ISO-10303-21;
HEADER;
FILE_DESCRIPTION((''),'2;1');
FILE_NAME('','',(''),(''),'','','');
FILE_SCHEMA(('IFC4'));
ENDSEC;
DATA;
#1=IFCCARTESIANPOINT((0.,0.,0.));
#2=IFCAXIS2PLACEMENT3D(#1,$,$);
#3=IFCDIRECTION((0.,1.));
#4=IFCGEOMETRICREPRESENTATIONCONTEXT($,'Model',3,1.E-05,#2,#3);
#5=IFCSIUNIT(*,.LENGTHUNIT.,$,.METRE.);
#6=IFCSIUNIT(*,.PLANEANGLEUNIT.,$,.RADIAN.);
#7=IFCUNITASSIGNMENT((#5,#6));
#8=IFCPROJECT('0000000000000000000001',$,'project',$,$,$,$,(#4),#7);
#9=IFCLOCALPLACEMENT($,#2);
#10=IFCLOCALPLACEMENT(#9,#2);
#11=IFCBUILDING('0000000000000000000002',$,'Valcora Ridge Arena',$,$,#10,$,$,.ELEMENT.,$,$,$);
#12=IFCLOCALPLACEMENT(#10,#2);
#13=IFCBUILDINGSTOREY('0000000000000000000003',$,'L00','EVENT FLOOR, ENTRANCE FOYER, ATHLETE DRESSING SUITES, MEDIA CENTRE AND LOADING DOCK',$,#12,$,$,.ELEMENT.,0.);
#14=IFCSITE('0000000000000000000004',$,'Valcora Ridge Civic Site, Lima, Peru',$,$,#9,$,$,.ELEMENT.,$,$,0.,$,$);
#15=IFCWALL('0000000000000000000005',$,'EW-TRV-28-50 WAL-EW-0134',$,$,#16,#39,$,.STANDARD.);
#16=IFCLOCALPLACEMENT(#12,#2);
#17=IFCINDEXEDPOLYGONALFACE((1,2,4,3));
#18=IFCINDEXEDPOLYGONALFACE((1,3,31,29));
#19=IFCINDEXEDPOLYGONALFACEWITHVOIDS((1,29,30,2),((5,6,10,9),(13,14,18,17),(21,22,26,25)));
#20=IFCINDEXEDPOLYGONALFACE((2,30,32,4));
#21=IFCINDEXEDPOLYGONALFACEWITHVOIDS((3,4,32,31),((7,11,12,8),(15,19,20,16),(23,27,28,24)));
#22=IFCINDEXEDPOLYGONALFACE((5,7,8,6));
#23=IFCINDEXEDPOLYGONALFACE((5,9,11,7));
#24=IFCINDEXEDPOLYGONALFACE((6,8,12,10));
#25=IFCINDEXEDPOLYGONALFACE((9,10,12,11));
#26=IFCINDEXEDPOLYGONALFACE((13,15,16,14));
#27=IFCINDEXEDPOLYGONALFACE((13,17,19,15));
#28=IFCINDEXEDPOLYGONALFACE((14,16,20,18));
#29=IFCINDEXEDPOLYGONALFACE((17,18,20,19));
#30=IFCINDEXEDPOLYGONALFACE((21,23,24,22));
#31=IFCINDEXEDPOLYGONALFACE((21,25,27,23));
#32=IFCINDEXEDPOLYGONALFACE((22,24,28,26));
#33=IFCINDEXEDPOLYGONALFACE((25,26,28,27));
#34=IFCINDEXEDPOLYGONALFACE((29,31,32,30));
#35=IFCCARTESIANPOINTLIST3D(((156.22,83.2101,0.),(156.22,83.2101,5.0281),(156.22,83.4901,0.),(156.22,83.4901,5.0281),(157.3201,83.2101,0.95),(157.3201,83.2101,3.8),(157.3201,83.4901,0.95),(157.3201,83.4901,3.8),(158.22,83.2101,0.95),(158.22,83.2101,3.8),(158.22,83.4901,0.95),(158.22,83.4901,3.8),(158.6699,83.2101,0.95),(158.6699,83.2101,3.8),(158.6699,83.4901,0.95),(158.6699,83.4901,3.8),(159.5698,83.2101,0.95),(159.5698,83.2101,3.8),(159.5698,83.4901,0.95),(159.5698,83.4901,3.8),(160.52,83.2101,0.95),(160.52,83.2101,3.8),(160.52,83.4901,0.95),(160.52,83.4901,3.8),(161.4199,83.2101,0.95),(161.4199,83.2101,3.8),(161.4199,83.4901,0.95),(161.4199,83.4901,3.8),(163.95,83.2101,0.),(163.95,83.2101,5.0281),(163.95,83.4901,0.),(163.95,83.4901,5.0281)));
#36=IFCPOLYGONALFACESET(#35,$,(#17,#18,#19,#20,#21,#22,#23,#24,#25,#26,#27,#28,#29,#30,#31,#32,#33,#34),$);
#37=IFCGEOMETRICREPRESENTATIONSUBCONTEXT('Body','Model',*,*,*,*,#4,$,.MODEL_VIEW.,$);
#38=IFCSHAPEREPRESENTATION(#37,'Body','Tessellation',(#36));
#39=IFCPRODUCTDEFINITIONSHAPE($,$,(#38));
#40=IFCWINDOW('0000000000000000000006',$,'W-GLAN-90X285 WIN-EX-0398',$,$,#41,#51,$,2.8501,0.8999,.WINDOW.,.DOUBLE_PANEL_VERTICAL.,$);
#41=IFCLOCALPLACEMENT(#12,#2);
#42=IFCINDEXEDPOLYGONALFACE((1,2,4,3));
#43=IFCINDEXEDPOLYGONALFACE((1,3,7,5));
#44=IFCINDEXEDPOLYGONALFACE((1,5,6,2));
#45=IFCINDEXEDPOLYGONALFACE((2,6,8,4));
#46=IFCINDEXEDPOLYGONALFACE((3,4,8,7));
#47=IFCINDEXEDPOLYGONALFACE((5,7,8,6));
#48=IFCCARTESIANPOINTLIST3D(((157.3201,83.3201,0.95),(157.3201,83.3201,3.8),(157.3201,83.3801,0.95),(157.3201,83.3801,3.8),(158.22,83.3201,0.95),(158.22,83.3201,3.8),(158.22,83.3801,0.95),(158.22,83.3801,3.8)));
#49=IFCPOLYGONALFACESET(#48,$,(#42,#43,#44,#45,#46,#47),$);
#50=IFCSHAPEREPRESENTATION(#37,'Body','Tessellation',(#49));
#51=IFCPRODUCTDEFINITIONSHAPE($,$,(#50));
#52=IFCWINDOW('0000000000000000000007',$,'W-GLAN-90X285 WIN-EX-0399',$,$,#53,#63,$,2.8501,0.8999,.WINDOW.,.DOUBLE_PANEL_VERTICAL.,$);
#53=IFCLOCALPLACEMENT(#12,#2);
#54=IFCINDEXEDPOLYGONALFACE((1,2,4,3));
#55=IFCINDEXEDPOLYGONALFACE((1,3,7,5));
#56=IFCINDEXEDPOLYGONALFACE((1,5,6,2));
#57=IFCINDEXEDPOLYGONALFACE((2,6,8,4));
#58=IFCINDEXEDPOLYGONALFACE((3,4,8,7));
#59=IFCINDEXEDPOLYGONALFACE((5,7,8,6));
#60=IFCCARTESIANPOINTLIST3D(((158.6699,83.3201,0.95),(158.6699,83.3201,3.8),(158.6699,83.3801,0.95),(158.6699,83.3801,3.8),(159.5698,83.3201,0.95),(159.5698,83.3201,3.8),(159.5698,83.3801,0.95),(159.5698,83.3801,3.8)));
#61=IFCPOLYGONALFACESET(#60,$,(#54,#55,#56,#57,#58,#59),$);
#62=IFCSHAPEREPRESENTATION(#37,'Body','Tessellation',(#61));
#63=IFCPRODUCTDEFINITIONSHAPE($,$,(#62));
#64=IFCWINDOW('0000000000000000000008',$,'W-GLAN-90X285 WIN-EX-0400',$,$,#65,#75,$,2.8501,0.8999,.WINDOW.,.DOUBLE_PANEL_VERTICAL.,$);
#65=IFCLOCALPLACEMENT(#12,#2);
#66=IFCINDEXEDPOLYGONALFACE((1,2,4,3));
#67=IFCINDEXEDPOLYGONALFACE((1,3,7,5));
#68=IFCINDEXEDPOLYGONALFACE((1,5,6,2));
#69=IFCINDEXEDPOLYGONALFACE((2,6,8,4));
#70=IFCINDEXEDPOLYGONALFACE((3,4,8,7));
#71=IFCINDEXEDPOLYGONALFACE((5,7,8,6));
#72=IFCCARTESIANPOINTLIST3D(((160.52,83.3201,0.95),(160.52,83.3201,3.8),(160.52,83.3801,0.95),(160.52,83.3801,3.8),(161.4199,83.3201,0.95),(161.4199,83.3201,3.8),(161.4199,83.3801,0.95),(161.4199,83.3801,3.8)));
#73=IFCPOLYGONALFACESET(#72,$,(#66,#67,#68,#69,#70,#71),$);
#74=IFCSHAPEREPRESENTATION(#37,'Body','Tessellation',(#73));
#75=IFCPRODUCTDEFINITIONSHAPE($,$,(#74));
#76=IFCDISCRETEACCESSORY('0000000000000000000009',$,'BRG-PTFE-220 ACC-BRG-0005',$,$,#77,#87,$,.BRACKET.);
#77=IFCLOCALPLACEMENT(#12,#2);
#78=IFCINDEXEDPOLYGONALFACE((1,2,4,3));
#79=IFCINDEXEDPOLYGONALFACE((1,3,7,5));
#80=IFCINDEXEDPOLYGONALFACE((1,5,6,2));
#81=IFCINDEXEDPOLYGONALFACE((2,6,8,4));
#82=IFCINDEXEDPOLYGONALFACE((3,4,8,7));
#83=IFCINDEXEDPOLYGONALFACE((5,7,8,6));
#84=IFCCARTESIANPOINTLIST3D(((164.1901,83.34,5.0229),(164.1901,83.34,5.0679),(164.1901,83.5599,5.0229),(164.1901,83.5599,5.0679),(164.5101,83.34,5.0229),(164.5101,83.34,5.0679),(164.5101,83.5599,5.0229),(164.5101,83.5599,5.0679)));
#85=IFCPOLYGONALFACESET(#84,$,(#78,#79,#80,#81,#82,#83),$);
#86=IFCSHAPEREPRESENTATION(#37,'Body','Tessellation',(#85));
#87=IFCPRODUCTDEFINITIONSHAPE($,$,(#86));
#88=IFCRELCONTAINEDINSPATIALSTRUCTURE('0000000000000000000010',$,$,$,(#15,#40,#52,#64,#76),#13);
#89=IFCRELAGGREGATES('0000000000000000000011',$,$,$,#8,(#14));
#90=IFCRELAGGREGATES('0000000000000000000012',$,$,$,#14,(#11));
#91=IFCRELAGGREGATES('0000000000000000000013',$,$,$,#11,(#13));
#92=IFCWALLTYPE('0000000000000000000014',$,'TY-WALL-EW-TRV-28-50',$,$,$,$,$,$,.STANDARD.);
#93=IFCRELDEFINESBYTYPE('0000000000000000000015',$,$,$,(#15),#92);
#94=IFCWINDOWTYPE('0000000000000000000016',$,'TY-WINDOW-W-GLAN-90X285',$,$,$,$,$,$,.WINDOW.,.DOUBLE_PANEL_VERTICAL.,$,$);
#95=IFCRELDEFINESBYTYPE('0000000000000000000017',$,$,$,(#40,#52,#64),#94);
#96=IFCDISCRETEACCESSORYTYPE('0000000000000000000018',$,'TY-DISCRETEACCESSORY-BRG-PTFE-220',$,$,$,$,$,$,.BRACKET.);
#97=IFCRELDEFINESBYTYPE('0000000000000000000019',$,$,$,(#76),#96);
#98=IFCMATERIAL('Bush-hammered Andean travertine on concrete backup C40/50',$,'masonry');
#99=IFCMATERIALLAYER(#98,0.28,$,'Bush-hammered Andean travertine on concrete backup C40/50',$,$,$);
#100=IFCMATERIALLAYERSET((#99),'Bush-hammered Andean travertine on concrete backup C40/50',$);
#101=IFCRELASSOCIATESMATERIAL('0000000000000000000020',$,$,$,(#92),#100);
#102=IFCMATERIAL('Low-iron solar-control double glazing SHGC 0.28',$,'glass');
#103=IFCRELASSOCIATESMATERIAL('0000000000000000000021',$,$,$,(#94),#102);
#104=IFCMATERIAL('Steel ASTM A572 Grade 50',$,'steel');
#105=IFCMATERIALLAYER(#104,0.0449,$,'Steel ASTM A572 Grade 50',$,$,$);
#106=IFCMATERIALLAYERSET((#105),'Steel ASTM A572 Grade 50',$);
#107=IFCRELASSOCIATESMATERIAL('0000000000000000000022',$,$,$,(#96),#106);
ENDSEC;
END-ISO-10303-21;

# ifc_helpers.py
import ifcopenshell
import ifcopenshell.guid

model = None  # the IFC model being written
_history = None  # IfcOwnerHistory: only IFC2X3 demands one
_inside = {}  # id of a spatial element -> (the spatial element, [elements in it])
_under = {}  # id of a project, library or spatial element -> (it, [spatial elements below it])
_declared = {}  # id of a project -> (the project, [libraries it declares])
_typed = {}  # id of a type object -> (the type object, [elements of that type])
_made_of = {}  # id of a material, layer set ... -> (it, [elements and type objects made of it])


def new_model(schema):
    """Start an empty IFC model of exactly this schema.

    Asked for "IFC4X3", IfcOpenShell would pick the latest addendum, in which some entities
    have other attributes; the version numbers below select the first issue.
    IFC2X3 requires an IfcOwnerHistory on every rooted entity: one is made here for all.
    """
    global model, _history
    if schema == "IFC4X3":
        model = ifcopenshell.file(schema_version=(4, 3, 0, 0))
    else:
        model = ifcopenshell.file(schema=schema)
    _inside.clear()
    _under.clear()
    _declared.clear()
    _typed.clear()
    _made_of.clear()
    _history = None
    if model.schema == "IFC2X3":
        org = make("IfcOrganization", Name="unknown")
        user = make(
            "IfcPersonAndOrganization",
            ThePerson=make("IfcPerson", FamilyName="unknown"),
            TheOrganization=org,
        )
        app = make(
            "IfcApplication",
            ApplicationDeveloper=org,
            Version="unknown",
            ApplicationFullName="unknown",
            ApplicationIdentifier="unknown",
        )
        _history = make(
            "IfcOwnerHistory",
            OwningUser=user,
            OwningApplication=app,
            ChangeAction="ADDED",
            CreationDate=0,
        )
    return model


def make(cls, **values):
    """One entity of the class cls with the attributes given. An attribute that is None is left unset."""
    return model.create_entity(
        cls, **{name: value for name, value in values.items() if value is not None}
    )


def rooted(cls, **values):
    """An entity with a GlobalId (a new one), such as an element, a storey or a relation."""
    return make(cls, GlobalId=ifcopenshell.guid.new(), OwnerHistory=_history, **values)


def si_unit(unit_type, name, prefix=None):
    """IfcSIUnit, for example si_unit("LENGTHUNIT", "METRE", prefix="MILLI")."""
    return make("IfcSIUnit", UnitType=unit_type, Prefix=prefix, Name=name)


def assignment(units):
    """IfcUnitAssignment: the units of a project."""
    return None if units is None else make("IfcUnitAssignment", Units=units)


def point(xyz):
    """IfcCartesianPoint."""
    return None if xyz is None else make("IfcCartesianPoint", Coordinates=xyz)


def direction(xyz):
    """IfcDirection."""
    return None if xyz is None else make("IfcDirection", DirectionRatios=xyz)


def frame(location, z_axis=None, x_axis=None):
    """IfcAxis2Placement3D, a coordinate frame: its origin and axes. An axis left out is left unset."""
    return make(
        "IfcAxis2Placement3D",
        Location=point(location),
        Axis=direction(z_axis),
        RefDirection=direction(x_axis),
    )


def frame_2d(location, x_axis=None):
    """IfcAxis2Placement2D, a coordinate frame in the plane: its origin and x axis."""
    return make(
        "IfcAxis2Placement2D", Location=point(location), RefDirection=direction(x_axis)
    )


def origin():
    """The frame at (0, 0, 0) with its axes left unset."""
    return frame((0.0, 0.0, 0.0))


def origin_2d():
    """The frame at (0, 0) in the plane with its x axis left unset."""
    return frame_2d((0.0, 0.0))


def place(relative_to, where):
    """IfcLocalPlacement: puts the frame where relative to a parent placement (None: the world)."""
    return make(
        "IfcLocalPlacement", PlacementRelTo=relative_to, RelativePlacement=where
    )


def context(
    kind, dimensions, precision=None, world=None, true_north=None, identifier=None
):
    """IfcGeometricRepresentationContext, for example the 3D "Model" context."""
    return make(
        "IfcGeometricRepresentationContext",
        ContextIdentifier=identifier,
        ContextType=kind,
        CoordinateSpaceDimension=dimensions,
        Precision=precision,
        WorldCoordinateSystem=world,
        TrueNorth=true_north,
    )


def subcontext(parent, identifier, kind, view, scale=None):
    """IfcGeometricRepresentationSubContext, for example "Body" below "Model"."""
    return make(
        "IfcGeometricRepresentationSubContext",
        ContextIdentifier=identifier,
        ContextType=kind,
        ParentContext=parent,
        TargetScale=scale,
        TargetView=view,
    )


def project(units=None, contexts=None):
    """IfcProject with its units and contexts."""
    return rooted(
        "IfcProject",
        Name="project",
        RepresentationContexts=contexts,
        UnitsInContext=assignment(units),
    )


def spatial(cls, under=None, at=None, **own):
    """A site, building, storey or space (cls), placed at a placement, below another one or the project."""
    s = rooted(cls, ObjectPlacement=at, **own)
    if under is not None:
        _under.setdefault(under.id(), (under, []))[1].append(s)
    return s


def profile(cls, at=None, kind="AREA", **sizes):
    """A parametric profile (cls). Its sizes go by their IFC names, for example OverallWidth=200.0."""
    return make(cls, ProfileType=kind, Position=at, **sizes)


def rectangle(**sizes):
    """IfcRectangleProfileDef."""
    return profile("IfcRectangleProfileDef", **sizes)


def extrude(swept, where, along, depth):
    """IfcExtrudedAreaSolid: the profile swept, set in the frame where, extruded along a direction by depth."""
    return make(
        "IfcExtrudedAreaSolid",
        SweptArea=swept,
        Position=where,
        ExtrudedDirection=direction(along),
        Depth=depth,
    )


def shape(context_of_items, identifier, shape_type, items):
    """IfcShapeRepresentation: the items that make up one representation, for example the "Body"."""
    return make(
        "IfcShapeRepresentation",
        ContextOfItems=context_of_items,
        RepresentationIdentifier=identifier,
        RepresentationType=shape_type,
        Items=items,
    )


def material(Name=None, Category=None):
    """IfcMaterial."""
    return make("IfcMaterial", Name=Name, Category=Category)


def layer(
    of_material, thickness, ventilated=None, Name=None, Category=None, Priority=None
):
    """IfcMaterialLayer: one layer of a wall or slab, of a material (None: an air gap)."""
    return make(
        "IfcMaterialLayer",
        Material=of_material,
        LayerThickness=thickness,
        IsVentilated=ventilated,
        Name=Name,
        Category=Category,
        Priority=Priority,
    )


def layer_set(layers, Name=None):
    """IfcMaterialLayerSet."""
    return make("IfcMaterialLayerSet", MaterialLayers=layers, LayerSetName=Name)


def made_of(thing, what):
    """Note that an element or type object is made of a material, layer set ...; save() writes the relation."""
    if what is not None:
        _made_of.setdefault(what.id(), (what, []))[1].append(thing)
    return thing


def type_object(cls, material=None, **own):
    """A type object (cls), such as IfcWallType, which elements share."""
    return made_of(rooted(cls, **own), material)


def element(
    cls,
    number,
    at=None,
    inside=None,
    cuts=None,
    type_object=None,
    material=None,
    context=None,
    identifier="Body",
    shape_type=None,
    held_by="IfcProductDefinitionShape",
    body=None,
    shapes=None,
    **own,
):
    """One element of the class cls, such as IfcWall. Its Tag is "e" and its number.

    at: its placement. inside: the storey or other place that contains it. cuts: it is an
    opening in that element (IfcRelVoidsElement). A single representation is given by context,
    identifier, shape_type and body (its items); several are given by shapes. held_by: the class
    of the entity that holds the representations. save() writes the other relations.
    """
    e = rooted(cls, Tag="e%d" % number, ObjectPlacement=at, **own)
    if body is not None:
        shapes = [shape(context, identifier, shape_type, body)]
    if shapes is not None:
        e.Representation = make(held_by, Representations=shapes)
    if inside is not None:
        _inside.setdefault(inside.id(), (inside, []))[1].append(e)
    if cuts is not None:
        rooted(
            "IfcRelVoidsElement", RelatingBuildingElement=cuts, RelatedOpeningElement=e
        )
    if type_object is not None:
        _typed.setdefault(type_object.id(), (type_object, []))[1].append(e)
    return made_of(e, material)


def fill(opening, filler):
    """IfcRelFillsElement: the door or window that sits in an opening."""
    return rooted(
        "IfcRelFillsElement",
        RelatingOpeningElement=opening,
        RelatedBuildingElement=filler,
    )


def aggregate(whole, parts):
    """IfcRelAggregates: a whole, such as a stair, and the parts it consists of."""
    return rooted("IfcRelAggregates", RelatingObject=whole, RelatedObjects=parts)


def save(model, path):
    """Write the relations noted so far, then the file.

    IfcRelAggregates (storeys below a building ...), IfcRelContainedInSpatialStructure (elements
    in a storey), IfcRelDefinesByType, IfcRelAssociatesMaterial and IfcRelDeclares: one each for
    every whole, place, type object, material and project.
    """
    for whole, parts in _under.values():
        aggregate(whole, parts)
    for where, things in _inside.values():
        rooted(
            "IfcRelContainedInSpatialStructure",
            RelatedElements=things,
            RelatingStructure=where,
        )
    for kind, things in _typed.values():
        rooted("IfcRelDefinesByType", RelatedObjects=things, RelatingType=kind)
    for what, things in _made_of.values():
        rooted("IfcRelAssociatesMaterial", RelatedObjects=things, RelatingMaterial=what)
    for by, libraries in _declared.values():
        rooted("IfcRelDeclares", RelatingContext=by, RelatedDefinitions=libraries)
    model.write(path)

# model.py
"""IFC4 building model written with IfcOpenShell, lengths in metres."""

from ifc_helpers import new_model, si_unit, direction, frame, frame_2d, origin, origin_2d, place, context, subcontext, project, spatial, rectangle, extrude, material, layer, layer_set, type_object, element, fill, save


model = new_model("IFC4")

# Units and contexts
model_context = context("Model", 3, precision=1e-05, world=origin(), true_north=direction((0.0, 1.0)))
body_context = subcontext(model_context, "Body", "Model", "MODEL_VIEW")
ifc_project = project(units=[si_unit("LENGTHUNIT", "METRE"), si_unit("PLANEANGLEUNIT", "RADIAN")], contexts=[model_context])

# Site, building, storey
site_placement = place(None, origin())
site = spatial("IfcSite", under=ifc_project, at=site_placement, Name="Valcora Ridge Civic Site, Lima, Peru", CompositionType="ELEMENT", RefElevation=0.0)
building_placement = place(site_placement, origin())
building = spatial("IfcBuilding", under=site, at=building_placement, Name="Valcora Ridge Arena", CompositionType="ELEMENT")
storey_placement = place(building_placement, origin())
storey = spatial("IfcBuildingStorey", under=building, at=storey_placement, Name="L00", Description="EVENT FLOOR, ENTRANCE FOYER, ATHLETE DRESSING SUITES, MEDIA CENTRE AND LOADING DOCK", CompositionType="ELEMENT", Elevation=0.0)

# Shared definitions
ifc_material_1 = material(Name="Steel ASTM A572 Grade 50", Category="steel")

# Wall, openings, windows
ifc_material_2 = material(Name="Bush-hammered Andean travertine on concrete backup C40/50", Category="masonry")
ifc_layer_1 = layer(ifc_material_2, 0.28, Name="Bush-hammered Andean travertine on concrete backup C40/50")
ifc_layer_set_1 = layer_set([ifc_layer_1], Name="Bush-hammered Andean travertine on concrete backup C40/50")
wall_type = type_object("IfcWallType", Name="TY-WALL-EW-TRV-28-50", PredefinedType="STANDARD", material=ifc_layer_set_1)
wall_placement = place(storey_placement, frame((156.22, 83.3501, 0.0), z_axis=(0.0, 0.0, 1.0), x_axis=(1.0, 0.0, 0.0)))
wall = element("IfcWall", 1, at=wall_placement, inside=storey, type_object=wall_type, Name="EW-TRV-28-50 WAL-EW-0134", PredefinedType="STANDARD", context=body_context, shape_type="SweptSolid", body=[
    extrude(rectangle(XDim=7.73, YDim=0.28, at=frame_2d((3.865, 0.0))), origin(), (0.0, 0.0, 1.0), 5.0281),
])
opening_1_placement = place(wall_placement, frame((1.1001, 0.0, 0.95)))
opening_1 = element("IfcOpeningElement", 2, at=opening_1_placement, cuts=wall, PredefinedType="OPENING", context=body_context, shape_type="SweptSolid", body=[
    extrude(rectangle(XDim=0.8999, YDim=2.8501, at=frame_2d((0.45, 1.425))), frame((0.0, 0.1499, 0.0), z_axis=(0.0, -1.0, 0.0), x_axis=(1.0, 0.0, 0.0)), (0.0, 0.0, 1.0), 0.3),
])
opening_2_placement = place(wall_placement, frame((2.45, 0.0, 0.95)))
opening_2 = element("IfcOpeningElement", 3, at=opening_2_placement, cuts=wall, PredefinedType="OPENING", context=body_context, shape_type="SweptSolid", body=[
    extrude(rectangle(XDim=0.8999, YDim=2.8501, at=frame_2d((0.45, 1.425))), frame((0.0, 0.1499, 0.0), z_axis=(0.0, -1.0, 0.0), x_axis=(1.0, 0.0, 0.0)), (0.0, 0.0, 1.0), 0.3),
])
opening_3_placement = place(wall_placement, frame((4.3, 0.0, 0.95)))
opening_3 = element("IfcOpeningElement", 4, at=opening_3_placement, cuts=wall, PredefinedType="OPENING", context=body_context, shape_type="SweptSolid", body=[
    extrude(rectangle(XDim=0.8999, YDim=2.8501, at=frame_2d((0.45, 1.425))), frame((0.0, 0.1499, 0.0), z_axis=(0.0, -1.0, 0.0), x_axis=(1.0, 0.0, 0.0)), (0.0, 0.0, 1.0), 0.3),
])
ifc_material_3 = material(Name="Low-iron solar-control double glazing SHGC 0.28", Category="glass")
window_type = type_object("IfcWindowType", Name="TY-WINDOW-W-GLAN-90X285", PartitioningType="DOUBLE_PANEL_VERTICAL", PredefinedType="WINDOW", material=ifc_material_3)
window_1_placement = place(opening_1_placement, origin())
window_1 = element("IfcWindow", 5, at=window_1_placement, inside=storey, type_object=window_type, Name="W-GLAN-90X285 WIN-EX-0398", OverallHeight=2.8501, OverallWidth=0.8999, PartitioningType="DOUBLE_PANEL_VERTICAL", PredefinedType="WINDOW", context=body_context, shape_type="SweptSolid", body=[
    extrude(rectangle(XDim=0.8999, YDim=2.8501, at=frame_2d((0.45, 1.425))), frame((0.0, 0.03, 0.0), z_axis=(0.0, -1.0, 0.0), x_axis=(1.0, 0.0, 0.0)), (0.0, 0.0, 1.0), 0.0601),
])
fill(opening_1, window_1)
window_2_placement = place(opening_2_placement, origin())
window_2 = element("IfcWindow", 6, at=window_2_placement, inside=storey, type_object=window_type, Name="W-GLAN-90X285 WIN-EX-0399", OverallHeight=2.8501, OverallWidth=0.8999, PartitioningType="DOUBLE_PANEL_VERTICAL", PredefinedType="WINDOW", context=body_context, shape_type="SweptSolid", body=[
    extrude(rectangle(XDim=0.8999, YDim=2.8501, at=frame_2d((0.45, 1.425))), frame((0.0, 0.03, 0.0), z_axis=(0.0, -1.0, 0.0), x_axis=(1.0, 0.0, 0.0)), (0.0, 0.0, 1.0), 0.0601),
])
fill(opening_2, window_2)
window_3_placement = place(opening_3_placement, origin())
window_3 = element("IfcWindow", 7, at=window_3_placement, inside=storey, type_object=window_type, Name="W-GLAN-90X285 WIN-EX-0400", OverallHeight=2.8501, OverallWidth=0.8999, PartitioningType="DOUBLE_PANEL_VERTICAL", PredefinedType="WINDOW", context=body_context, shape_type="SweptSolid", body=[
    extrude(rectangle(XDim=0.8999, YDim=2.8501, at=frame_2d((0.45, 1.425))), frame((0.0, 0.03, 0.0), z_axis=(0.0, -1.0, 0.0), x_axis=(1.0, 0.0, 0.0)), (0.0, 0.0, 1.0), 0.0601),
])
fill(opening_3, window_3)

# Discrete accessory
ifc_layer_2 = layer(ifc_material_1, 0.0449, Name="Steel ASTM A572 Grade 50")
ifc_layer_set_2 = layer_set([ifc_layer_2], Name="Steel ASTM A572 Grade 50")
discrete_accessory_type = type_object("IfcDiscreteAccessoryType", Name="TY-DISCRETEACCESSORY-BRG-PTFE-220", PredefinedType="BRACKET", material=ifc_layer_set_2)
discrete_accessory_placement = place(storey_placement, frame((164.3501, 83.45, 5.0229), z_axis=(0.0, 0.0, 1.0), x_axis=(1.0, 0.0, 0.0)))
element("IfcDiscreteAccessory", 8, at=discrete_accessory_placement, inside=storey, type_object=discrete_accessory_type, Name="BRG-PTFE-220 ACC-BRG-0005", PredefinedType="BRACKET", context=body_context, shape_type="SweptSolid", body=[
    extrude(rectangle(XDim=0.3201, YDim=0.22, at=origin_2d()), origin(), (0.0, 0.0, 1.0), 0.0449),
])

save(model, "model.ifc")
